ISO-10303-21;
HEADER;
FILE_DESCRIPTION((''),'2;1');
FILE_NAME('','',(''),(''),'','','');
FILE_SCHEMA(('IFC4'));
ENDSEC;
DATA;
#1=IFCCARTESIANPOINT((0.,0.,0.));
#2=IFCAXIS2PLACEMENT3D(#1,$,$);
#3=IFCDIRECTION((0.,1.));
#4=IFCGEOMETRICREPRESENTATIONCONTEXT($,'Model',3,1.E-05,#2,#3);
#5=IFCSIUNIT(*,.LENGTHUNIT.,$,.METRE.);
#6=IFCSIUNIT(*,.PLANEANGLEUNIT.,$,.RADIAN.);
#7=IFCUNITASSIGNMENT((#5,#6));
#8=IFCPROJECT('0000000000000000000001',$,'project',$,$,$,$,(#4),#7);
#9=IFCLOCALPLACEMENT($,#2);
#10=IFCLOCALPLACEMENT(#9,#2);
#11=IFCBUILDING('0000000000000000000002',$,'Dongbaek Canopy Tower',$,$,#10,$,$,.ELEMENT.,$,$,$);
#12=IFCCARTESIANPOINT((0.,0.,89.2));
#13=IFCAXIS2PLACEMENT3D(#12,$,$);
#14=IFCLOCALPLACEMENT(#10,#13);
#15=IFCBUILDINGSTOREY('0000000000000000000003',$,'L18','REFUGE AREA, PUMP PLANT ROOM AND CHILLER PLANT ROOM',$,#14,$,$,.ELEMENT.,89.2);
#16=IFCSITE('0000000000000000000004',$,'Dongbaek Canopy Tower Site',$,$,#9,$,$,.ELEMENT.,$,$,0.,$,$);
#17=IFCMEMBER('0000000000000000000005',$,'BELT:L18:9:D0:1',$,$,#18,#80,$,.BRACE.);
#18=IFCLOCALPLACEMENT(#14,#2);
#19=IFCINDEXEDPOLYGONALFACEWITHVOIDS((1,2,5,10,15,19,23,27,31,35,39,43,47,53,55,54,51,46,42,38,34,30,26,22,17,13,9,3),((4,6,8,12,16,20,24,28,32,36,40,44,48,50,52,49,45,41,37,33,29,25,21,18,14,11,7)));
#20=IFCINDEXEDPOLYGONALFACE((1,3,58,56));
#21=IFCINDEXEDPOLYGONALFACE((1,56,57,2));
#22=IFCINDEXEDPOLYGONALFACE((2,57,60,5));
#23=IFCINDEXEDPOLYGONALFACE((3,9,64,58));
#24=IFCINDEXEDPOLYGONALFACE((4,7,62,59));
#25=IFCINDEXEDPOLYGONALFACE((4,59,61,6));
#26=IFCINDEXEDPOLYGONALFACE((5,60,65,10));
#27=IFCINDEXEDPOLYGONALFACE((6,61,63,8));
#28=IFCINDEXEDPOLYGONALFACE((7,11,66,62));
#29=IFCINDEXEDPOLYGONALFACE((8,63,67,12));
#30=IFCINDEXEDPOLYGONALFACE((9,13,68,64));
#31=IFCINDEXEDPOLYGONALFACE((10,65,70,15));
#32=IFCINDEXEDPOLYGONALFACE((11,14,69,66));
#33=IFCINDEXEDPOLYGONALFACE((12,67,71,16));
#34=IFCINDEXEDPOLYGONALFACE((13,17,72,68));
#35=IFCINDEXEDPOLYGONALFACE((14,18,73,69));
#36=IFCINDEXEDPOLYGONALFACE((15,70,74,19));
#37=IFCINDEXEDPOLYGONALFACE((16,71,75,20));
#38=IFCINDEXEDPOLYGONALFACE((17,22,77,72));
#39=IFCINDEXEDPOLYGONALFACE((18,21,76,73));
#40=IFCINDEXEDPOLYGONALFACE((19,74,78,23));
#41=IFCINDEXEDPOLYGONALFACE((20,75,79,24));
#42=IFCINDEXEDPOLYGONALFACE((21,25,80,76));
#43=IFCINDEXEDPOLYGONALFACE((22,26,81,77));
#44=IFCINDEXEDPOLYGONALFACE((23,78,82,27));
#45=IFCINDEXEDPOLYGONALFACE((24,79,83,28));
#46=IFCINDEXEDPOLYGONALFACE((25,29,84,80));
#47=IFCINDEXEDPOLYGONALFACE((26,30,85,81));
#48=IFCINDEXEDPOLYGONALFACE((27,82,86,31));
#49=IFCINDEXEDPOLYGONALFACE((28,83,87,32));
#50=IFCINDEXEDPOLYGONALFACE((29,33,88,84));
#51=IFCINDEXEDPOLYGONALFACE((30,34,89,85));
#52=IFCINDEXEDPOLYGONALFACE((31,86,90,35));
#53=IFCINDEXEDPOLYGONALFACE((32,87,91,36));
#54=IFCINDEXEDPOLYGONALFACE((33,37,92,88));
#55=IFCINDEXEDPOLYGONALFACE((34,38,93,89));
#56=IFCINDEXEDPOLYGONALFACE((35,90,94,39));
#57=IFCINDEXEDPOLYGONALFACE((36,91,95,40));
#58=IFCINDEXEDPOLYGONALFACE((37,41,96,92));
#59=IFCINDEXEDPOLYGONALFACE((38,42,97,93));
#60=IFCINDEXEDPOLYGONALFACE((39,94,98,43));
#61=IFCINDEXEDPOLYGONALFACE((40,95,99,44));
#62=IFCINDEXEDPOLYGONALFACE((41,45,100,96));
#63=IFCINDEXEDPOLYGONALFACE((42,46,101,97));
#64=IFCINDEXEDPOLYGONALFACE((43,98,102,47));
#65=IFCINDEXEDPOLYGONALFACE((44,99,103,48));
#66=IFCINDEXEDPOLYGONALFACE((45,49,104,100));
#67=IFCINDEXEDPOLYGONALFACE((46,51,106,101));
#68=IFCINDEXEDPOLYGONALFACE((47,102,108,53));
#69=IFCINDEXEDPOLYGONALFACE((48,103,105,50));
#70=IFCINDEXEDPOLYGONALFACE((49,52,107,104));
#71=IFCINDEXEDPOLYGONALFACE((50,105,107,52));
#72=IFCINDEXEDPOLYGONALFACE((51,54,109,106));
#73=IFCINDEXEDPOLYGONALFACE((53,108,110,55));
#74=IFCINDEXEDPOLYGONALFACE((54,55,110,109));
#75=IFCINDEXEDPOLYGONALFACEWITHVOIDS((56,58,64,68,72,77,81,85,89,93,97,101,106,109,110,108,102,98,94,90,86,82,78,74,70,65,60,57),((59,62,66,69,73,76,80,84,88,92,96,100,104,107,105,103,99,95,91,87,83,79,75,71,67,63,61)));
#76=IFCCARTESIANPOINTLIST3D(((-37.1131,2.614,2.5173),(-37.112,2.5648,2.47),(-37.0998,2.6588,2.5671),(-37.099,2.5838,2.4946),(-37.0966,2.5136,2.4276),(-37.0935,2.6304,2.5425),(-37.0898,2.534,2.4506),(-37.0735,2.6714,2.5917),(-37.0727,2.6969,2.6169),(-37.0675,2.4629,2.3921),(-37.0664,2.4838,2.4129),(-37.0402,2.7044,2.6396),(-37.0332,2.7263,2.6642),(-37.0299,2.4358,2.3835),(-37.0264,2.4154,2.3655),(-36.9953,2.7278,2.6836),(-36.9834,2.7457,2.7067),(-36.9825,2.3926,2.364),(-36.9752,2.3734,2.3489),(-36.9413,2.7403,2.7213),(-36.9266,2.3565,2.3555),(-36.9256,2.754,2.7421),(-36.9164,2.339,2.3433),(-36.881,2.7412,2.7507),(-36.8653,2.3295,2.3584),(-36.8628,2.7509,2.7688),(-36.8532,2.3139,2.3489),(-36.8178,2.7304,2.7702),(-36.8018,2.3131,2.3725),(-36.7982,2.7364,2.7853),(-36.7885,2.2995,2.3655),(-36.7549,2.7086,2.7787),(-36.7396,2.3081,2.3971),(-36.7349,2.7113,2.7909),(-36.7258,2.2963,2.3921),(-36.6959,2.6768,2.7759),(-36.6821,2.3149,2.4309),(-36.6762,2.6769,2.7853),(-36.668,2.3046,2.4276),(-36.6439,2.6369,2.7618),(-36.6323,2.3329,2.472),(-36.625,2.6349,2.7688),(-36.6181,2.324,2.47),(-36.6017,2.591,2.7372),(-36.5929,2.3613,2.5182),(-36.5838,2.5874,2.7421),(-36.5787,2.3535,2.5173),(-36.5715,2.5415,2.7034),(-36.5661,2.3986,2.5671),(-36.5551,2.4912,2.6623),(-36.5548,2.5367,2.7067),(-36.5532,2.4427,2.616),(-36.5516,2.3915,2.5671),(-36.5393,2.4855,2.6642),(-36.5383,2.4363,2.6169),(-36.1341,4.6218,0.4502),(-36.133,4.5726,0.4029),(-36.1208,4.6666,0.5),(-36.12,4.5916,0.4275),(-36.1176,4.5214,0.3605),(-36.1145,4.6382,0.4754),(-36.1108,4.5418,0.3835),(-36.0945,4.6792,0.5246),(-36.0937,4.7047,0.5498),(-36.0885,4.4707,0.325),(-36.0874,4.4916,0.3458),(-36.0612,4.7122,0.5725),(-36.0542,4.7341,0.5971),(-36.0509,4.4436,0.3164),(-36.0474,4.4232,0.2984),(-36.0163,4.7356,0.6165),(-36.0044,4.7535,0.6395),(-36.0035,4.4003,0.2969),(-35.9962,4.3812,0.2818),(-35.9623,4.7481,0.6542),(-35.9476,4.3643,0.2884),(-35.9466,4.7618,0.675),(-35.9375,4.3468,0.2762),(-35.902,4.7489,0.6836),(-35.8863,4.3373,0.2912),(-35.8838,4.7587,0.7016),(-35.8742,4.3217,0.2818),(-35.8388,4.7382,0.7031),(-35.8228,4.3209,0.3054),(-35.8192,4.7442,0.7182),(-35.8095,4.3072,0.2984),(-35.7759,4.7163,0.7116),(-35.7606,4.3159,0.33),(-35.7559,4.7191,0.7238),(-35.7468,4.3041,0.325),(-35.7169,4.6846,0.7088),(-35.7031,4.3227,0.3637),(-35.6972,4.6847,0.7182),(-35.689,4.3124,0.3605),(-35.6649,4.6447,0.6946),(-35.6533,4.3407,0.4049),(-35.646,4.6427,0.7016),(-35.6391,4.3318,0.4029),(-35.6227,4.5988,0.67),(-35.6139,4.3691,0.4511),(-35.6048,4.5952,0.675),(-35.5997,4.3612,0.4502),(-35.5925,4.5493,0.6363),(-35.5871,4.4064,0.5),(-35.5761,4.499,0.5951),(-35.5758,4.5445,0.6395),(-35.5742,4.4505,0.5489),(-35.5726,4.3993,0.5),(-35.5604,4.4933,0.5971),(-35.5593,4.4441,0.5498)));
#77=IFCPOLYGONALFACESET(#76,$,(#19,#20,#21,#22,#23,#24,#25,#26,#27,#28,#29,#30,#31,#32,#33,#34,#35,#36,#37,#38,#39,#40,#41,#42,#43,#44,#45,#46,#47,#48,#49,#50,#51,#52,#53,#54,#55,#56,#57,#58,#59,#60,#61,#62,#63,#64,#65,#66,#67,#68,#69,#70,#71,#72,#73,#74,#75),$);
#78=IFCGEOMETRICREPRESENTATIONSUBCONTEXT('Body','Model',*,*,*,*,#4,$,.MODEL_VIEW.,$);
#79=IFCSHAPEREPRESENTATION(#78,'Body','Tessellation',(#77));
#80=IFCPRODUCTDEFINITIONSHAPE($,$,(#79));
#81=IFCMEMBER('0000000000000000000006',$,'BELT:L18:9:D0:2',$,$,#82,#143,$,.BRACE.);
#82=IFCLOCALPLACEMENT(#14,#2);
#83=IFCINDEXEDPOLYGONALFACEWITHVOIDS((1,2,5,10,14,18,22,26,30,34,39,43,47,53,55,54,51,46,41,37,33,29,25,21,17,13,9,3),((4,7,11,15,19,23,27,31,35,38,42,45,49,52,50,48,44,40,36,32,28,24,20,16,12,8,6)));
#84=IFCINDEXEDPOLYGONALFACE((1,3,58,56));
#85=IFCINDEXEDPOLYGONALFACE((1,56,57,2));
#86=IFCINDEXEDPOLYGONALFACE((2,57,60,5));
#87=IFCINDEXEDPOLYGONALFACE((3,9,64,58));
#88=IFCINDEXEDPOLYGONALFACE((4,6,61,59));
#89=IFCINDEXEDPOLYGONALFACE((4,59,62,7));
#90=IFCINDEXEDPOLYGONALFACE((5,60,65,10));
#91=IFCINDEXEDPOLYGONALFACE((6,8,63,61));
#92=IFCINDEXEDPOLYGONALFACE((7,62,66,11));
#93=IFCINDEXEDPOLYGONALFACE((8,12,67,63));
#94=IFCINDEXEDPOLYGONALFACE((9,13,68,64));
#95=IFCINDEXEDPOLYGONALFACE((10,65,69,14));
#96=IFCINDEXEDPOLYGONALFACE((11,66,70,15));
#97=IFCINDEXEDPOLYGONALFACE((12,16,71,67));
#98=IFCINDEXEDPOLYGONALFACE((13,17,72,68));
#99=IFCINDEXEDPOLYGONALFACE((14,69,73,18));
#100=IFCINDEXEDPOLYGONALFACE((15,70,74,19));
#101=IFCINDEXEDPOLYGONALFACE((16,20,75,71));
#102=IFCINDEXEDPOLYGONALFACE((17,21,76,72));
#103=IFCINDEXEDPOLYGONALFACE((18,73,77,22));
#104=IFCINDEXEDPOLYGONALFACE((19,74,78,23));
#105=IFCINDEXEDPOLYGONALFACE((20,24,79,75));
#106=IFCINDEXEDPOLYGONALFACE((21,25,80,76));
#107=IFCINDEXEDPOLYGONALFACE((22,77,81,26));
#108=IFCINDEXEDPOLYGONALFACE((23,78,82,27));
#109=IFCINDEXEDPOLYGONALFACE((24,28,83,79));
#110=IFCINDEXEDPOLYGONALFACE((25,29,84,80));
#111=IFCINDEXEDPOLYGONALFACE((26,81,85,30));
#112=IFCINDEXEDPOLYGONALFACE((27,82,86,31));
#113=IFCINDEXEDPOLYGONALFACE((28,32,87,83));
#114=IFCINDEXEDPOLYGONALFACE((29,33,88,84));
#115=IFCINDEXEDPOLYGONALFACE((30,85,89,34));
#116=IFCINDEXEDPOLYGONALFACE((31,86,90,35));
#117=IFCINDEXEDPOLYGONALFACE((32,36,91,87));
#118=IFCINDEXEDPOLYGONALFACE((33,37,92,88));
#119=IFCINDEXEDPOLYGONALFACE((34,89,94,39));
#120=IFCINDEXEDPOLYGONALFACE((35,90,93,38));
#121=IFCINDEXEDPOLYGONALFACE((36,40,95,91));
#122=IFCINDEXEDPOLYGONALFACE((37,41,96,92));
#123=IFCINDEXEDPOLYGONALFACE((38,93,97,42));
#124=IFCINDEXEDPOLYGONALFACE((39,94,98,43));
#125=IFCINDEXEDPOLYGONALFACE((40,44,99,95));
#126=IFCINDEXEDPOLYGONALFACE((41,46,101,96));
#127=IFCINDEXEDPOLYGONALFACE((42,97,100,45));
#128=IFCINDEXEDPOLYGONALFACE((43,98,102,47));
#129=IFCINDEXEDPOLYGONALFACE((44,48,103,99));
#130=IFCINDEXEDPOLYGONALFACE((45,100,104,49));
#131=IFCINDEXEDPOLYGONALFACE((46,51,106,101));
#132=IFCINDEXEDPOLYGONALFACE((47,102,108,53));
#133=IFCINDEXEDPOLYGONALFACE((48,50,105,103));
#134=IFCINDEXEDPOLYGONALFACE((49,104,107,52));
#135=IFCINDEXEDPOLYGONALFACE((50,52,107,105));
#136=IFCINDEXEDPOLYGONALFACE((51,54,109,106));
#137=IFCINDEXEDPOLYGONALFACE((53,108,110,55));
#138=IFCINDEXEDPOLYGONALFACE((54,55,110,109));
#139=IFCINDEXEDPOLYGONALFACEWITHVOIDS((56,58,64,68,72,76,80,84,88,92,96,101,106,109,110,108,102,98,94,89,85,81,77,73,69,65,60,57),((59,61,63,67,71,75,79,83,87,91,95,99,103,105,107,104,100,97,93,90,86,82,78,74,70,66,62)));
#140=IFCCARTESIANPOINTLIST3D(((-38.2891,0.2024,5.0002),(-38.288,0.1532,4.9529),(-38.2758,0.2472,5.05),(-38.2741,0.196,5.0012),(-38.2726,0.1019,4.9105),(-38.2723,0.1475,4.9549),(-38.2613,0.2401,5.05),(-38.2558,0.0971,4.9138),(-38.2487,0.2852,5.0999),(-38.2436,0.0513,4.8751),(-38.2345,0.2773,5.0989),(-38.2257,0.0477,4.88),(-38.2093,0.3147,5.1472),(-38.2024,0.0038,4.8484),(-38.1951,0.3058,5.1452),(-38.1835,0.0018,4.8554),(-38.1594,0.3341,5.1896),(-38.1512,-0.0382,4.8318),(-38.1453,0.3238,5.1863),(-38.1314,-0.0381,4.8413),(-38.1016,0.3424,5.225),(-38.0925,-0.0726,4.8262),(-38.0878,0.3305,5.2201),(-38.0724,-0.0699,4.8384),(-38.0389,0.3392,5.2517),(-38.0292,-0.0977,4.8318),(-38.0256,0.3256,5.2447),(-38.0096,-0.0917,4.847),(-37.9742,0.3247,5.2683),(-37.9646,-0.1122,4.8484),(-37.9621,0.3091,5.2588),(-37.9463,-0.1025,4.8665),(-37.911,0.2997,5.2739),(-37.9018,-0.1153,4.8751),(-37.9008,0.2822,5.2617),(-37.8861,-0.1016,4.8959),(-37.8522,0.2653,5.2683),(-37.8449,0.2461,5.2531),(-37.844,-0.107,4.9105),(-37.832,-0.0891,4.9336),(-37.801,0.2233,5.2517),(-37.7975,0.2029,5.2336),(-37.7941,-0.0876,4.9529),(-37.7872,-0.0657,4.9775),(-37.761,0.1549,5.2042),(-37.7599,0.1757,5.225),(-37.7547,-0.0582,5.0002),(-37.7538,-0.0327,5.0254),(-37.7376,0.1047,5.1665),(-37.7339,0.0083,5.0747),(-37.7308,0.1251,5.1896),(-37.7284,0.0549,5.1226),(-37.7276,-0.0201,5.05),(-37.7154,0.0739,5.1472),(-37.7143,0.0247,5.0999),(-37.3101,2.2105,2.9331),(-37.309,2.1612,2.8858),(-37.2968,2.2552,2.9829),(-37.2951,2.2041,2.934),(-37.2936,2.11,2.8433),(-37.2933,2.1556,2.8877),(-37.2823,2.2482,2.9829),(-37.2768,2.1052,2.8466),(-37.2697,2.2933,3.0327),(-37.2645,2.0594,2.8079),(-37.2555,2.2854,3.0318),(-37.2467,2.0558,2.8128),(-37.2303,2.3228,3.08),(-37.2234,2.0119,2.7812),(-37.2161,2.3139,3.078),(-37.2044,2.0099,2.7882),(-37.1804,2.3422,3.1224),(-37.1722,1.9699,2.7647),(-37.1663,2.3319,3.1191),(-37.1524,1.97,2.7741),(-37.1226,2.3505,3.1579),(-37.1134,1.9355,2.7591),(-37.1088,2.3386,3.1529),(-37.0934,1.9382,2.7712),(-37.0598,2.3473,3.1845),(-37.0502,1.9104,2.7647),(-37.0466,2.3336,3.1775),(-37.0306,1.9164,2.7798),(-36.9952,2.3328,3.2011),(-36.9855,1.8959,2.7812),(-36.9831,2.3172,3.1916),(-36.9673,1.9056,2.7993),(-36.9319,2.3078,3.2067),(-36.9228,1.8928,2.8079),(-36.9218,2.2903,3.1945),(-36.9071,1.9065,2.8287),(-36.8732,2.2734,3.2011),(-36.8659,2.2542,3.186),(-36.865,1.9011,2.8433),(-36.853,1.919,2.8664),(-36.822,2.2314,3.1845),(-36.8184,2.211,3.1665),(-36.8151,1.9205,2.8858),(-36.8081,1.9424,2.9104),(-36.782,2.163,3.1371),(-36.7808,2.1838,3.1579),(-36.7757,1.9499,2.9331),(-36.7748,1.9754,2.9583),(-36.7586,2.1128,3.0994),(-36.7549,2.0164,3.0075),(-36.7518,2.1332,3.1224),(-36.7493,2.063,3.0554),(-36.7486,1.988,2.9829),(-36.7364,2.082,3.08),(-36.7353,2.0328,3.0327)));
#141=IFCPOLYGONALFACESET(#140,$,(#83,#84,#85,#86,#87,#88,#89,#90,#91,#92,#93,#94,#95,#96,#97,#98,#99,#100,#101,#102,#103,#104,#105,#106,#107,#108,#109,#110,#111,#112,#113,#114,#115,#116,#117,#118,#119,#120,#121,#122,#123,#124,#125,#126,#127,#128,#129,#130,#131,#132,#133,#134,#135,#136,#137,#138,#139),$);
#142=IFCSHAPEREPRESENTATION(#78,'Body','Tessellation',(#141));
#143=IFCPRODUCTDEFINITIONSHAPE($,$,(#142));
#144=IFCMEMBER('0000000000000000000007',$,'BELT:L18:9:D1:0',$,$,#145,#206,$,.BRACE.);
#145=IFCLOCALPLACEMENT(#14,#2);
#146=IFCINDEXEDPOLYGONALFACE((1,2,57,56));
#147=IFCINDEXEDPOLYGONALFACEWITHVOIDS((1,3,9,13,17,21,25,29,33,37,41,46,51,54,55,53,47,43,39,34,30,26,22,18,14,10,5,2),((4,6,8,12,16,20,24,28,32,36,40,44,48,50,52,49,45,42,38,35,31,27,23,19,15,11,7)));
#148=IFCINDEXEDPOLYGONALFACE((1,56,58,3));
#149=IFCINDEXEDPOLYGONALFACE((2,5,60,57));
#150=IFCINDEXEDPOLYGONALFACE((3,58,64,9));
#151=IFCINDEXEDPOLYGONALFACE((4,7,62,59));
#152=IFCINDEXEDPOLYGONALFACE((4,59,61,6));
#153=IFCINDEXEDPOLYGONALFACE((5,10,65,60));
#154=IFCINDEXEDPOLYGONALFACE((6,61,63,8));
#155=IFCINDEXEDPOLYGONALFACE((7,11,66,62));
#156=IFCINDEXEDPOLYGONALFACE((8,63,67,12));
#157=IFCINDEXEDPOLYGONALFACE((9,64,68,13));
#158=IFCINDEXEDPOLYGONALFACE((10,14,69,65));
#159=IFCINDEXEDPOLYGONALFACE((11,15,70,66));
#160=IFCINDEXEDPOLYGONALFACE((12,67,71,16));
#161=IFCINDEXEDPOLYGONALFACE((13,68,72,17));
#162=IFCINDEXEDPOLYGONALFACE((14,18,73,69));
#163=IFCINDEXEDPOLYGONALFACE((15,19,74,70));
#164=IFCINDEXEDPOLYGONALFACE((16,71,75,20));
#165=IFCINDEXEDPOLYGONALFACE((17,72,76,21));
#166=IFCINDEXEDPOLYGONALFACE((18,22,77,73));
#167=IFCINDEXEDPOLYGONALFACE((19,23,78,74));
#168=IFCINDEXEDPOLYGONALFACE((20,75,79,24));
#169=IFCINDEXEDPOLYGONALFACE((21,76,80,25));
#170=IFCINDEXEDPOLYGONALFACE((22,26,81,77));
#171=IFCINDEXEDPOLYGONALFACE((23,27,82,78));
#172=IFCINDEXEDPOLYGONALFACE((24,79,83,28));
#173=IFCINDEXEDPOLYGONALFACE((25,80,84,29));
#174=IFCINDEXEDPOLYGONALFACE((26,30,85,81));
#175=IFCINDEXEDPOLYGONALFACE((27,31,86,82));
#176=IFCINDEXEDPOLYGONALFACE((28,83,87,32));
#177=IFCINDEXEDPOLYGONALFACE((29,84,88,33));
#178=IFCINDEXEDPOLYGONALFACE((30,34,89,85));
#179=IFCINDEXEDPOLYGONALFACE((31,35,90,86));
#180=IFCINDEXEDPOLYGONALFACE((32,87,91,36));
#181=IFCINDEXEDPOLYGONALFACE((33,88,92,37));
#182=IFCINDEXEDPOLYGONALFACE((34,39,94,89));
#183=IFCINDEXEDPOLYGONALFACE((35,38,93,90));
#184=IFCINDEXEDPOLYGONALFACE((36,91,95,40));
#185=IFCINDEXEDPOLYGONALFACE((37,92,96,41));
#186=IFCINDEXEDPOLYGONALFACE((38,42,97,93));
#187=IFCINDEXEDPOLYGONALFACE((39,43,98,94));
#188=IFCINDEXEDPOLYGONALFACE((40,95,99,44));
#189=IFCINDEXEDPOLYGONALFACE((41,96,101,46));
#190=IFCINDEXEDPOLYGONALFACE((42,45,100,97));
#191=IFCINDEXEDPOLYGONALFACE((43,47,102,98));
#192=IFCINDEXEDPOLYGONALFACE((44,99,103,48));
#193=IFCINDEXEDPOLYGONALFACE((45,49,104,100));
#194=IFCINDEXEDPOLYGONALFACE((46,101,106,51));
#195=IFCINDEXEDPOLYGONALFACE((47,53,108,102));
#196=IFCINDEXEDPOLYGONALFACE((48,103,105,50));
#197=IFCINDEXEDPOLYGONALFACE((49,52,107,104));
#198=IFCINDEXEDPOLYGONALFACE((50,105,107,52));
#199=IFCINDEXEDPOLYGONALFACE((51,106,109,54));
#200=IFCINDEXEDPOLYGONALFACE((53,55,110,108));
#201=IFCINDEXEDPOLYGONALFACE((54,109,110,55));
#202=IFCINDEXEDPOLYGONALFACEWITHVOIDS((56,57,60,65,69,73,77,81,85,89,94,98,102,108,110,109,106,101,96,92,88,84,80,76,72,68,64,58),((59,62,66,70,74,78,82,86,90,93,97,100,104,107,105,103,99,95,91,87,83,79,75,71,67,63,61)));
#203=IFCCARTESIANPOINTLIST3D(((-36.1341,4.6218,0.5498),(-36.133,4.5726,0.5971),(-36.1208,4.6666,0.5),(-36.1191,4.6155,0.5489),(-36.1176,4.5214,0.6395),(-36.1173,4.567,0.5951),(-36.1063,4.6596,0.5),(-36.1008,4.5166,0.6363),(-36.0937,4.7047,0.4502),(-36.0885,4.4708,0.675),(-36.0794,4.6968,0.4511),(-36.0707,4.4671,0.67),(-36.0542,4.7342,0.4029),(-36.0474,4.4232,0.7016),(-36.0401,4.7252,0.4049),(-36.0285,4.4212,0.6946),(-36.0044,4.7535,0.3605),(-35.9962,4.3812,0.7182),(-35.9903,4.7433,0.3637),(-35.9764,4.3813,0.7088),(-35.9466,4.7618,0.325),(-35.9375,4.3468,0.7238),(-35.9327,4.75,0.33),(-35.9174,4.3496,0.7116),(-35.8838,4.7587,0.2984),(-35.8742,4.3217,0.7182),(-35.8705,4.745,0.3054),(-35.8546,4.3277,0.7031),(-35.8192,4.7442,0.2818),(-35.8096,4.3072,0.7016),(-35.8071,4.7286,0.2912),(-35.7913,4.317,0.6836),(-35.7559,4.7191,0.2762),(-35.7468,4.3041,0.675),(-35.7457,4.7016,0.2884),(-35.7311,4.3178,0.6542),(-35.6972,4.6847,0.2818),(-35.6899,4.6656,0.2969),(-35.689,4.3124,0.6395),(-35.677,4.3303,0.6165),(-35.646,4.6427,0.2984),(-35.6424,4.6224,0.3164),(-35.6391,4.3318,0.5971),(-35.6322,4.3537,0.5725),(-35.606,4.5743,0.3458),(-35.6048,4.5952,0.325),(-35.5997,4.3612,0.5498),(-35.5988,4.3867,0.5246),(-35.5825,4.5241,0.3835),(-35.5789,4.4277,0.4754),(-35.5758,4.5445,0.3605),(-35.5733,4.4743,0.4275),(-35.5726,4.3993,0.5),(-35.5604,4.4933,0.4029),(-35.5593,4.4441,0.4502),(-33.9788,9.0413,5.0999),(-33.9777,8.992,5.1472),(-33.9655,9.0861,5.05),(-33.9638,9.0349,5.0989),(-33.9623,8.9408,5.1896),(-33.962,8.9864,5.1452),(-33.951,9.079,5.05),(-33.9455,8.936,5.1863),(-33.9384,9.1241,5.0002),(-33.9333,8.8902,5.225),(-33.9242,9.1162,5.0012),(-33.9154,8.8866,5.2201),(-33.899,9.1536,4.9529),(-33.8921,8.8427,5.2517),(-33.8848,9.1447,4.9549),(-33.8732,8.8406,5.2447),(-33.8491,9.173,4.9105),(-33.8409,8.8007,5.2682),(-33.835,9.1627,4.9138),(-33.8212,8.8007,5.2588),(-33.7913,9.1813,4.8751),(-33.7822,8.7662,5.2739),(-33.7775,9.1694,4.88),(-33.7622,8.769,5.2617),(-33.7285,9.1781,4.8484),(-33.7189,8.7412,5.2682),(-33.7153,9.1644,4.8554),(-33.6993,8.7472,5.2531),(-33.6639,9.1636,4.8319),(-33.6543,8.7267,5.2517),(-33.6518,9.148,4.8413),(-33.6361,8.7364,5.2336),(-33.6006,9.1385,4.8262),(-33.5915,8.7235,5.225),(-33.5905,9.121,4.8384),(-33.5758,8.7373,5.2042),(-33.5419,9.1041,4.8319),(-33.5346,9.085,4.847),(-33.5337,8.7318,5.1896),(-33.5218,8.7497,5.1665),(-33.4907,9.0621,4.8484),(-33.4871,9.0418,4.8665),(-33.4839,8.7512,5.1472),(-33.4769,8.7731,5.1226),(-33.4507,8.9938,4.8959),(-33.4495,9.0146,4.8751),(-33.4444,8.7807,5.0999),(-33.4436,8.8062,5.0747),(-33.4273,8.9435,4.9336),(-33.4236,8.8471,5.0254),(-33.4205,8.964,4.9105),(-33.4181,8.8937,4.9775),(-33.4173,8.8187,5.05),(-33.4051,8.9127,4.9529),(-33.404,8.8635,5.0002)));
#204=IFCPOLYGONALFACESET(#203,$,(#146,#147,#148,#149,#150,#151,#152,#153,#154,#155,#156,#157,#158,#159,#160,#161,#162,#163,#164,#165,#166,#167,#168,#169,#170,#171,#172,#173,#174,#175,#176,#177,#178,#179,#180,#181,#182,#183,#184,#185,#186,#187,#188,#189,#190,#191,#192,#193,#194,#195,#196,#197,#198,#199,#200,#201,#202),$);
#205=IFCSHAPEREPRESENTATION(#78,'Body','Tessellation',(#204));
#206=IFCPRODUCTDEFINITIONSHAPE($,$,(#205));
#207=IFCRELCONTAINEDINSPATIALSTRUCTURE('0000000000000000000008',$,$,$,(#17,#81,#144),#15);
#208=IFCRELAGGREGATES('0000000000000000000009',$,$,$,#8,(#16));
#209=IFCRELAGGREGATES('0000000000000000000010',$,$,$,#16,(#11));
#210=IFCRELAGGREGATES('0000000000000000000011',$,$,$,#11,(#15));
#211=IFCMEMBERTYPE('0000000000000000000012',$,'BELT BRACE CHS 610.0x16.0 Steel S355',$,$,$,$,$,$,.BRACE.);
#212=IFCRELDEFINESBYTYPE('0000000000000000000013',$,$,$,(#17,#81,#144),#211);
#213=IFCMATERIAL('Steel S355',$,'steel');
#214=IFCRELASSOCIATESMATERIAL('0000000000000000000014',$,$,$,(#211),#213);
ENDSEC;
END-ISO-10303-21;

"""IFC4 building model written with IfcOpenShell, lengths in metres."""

from ifc_helpers import new_model, si_unit, direction, frame, origin, origin_2d, place, context, subcontext, project, spatial, hollow_circle, extrude, material, material_profile, profile_set, type_object, element, save


model = new_model("IFC4")

# Units and contexts
model_context = context("Model", 3, precision=1e-05, world=origin(), true_north=direction((0.0, 1.0)))
body_context = subcontext(model_context, "Body", "Model", "MODEL_VIEW")
ifc_project = project(units=[si_unit("LENGTHUNIT", "METRE"), si_unit("PLANEANGLEUNIT", "RADIAN")], contexts=[model_context])

# Site, building, storey
site_placement = place(None, origin())
site = spatial("IfcSite", under=ifc_project, at=site_placement, Name="Dongbaek Canopy Tower Site", CompositionType="ELEMENT", RefElevation=0.0)
building_placement = place(site_placement, origin())
building = spatial("IfcBuilding", under=site, at=building_placement, Name="Dongbaek Canopy Tower", CompositionType="ELEMENT")
storey_placement = place(building_placement, frame((0.0, 0.0, 89.2)))
storey = spatial("IfcBuildingStorey", under=building, at=storey_placement, Name="L18", Description="REFUGE AREA, PUMP PLANT ROOM AND CHILLER PLANT ROOM", CompositionType="ELEMENT", Elevation=89.2)

# Members
ifc_material_1 = material(Name="Steel S355", Category="steel")
ifc_material_profile_1 = material_profile(ifc_material_1, hollow_circle(Radius=0.3049, WallThickness=0.0161, at=origin_2d()), Name="BELT BRACE CHS 610.0x16.0 Steel S355")
ifc_profile_set_1 = profile_set([ifc_material_profile_1], Name="Steel S355")
member_type_1 = type_object("IfcMemberType", Name="BELT BRACE CHS 610.0x16.0 Steel S355", PredefinedType="BRACE", material=ifc_profile_set_1)
member_1_placement = place(storey_placement, frame((-35.8467, 4.533, 0.5), z_axis=(-0.321672, -0.659708, 0.6792), x_axis=(0.898842, -0.438273, 0.0)))
element("IfcMember", 1, at=member_1_placement, inside=storey, type_object=member_type_1, Name="BELT:L18:9:D0:1", PredefinedType="BRACE", context=body_context, shape_type="SweptSolid", body=[
    extrude(hollow_circle(Radius=0.3049, WallThickness=0.0161, at=origin_2d()), origin(), (0.0, 0.0, 1.0), 3.0435),
])
member_2_placement = place(storey_placement, frame((-38.0017, 0.1135, 5.05), z_axis=(0.321655, 0.659753, -0.679164), x_axis=(-0.898863, 0.43823, 0.0)))
element("IfcMember", 2, at=member_2_placement, inside=storey, type_object=member_type_1, Name="BELT:L18:9:D0:2", PredefinedType="BRACE", context=body_context, shape_type="SweptSolid", body=[
    extrude(hollow_circle(Radius=0.3049, WallThickness=0.0161, at=origin_2d()), origin(), (0.0, 0.0, 1.0), 3.0437),
])
member_3_placement = place(storey_placement, frame((-35.8467, 4.533, 0.5), z_axis=(0.32172, 0.659694, 0.679191), x_axis=(-0.898812, 0.438334, 0.0)))
element("IfcMember", 3, at=member_3_placement, inside=storey, type_object=member_type_1, Name="BELT:L18:9:D1:0", PredefinedType="BRACE", context=body_context, shape_type="SweptSolid", body=[
    extrude(hollow_circle(Radius=0.3049, WallThickness=0.0161, at=origin_2d()), origin(), (0.0, 0.0, 1.0), 6.6992),
])

save(model, "model.ifc")
